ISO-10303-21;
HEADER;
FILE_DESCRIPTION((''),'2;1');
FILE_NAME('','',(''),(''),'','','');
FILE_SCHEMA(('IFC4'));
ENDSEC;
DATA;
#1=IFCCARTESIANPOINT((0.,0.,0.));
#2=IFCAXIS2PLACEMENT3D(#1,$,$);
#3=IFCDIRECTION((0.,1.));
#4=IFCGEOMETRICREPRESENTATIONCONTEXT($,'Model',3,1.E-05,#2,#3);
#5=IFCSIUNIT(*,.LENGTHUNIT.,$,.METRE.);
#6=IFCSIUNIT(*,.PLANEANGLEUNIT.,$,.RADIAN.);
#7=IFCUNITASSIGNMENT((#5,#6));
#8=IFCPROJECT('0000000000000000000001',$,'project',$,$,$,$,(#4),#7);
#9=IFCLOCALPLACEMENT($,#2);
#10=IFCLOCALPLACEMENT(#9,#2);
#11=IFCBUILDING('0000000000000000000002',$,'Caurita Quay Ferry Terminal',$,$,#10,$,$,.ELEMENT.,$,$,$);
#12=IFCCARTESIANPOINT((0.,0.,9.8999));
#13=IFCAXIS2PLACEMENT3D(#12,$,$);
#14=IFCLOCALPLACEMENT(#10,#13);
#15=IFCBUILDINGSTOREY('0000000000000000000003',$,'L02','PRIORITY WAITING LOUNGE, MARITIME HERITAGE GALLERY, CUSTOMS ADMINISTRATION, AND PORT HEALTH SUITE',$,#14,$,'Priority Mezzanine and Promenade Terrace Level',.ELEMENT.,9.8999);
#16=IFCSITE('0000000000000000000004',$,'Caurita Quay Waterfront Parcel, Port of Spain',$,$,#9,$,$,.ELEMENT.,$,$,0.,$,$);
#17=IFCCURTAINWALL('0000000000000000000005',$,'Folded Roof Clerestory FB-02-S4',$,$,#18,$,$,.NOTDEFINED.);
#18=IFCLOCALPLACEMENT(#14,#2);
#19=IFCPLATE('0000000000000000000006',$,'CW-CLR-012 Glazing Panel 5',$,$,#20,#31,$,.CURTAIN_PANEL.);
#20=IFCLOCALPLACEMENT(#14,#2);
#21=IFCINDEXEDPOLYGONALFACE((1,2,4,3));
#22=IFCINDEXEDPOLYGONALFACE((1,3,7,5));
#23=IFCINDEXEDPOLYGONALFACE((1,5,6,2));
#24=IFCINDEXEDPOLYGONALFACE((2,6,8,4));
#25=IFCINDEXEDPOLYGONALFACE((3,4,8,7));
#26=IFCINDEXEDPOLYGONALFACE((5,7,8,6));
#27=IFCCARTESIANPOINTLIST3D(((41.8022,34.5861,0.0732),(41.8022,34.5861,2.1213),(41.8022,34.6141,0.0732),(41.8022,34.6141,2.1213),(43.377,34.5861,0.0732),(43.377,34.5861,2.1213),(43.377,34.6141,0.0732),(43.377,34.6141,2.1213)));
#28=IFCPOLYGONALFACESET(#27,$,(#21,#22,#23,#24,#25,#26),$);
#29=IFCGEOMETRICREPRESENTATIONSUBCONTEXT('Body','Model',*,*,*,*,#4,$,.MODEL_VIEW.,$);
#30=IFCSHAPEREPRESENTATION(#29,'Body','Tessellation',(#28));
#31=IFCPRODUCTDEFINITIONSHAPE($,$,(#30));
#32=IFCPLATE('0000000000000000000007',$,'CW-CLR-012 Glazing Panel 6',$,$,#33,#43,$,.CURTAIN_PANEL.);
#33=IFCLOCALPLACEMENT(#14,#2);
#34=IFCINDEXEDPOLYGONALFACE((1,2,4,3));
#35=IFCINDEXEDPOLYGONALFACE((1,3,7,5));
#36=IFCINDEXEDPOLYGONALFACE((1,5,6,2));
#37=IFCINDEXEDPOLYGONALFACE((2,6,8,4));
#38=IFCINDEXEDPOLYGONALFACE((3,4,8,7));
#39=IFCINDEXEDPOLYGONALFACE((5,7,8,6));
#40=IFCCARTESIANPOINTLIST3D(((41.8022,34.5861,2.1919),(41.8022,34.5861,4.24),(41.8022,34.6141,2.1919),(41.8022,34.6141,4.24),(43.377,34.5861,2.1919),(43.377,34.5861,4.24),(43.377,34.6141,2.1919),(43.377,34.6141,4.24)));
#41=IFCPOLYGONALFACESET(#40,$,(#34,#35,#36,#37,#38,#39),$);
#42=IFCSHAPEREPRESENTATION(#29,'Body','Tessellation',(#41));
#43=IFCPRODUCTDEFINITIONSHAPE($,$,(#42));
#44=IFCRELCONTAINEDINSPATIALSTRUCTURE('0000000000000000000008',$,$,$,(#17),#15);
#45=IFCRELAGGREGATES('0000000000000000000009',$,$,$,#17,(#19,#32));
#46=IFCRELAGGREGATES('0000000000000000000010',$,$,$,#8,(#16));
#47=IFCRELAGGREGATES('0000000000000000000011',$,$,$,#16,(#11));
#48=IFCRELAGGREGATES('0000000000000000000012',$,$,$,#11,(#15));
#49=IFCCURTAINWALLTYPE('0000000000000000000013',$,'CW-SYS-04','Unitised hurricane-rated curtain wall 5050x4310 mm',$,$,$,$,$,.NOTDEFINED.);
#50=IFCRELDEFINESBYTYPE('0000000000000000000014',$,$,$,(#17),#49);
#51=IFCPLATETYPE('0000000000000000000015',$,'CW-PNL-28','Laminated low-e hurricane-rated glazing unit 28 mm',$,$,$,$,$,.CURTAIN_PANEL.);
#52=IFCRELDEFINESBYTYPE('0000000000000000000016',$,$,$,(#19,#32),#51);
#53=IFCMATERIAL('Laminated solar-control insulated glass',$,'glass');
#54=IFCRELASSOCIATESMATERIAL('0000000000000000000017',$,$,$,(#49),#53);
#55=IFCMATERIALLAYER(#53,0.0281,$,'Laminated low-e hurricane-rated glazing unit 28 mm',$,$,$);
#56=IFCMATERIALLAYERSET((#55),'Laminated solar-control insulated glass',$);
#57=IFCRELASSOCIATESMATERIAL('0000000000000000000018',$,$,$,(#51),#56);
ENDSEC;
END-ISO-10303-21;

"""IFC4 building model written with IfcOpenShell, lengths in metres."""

from ifc_helpers import new_model, si_unit, direction, frame, origin, origin_2d, place, context, subcontext, project, spatial, rectangle, extrude, material, layer, layer_set, type_object, element, aggregate, save


model = new_model("IFC4")

# Units and contexts
model_context = context("Model", 3, precision=1e-05, world=origin(), true_north=direction((0.0, 1.0)))
body_context = subcontext(model_context, "Body", "Model", "MODEL_VIEW")
ifc_project = project(units=[si_unit("LENGTHUNIT", "METRE"), si_unit("PLANEANGLEUNIT", "RADIAN")], contexts=[model_context])

# Site, building, storey
site_placement = place(None, origin())
site = spatial("IfcSite", under=ifc_project, at=site_placement, Name="Caurita Quay Waterfront Parcel, Port of Spain", CompositionType="ELEMENT", RefElevation=0.0)
building_placement = place(site_placement, origin())
building = spatial("IfcBuilding", under=site, at=building_placement, Name="Caurita Quay Ferry Terminal", CompositionType="ELEMENT")
storey_placement = place(building_placement, frame((0.0, 0.0, 9.8999)))
storey = spatial("IfcBuildingStorey", under=building, at=storey_placement, Name="L02", Description="PRIORITY WAITING LOUNGE, MARITIME HERITAGE GALLERY, CUSTOMS ADMINISTRATION, AND PORT HEALTH SUITE", LongName="Priority Mezzanine and Promenade Terrace Level", CompositionType="ELEMENT", Elevation=9.8999)

# Curtain wall, plates
ifc_material_1 = material(Name="Laminated solar-control insulated glass", Category="glass")
curtain_wall_type = type_object("IfcCurtainWallType", Name="CW-SYS-04", Description="Unitised hurricane-rated curtain wall 5050x4310 mm", PredefinedType="NOTDEFINED", material=ifc_material_1)
curtain_wall_placement = place(storey_placement, origin())
curtain_wall = element("IfcCurtainWall", 1, at=curtain_wall_placement, inside=storey, type_object=curtain_wall_type, Name="Folded Roof Clerestory FB-02-S4", PredefinedType="NOTDEFINED")
ifc_layer = layer(ifc_material_1, 0.0281, Name="Laminated low-e hurricane-rated glazing unit 28 mm")
ifc_layer_set = layer_set([ifc_layer], Name="Laminated solar-control insulated glass")
plate_type = type_object("IfcPlateType", Name="CW-PNL-28", Description="Laminated low-e hurricane-rated glazing unit 28 mm", PredefinedType="CURTAIN_PANEL", material=ifc_layer_set)
plate_1_placement = place(storey_placement, frame((42.5896, 34.6001, 0.0732), z_axis=(0.0, 0.0, 1.0), x_axis=(1.0, 0.0, 0.0)))
plate_1 = element("IfcPlate", 2, at=plate_1_placement, type_object=plate_type, Name="CW-CLR-012 Glazing Panel 5", PredefinedType="CURTAIN_PANEL", context=body_context, shape_type="SweptSolid", body=[
    extrude(rectangle(XDim=1.5747, YDim=0.0281, at=origin_2d()), origin(), (0.0, 0.0, 1.0), 2.0481),
])
plate_2_placement = place(storey_placement, frame((42.5896, 34.6001, 2.1919), z_axis=(0.0, 0.0, 1.0), x_axis=(1.0, 0.0, 0.0)))
plate_2 = element("IfcPlate", 3, at=plate_2_placement, type_object=plate_type, Name="CW-CLR-012 Glazing Panel 6", PredefinedType="CURTAIN_PANEL", context=body_context, shape_type="SweptSolid", body=[
    extrude(rectangle(XDim=1.5747, YDim=0.0281, at=origin_2d()), origin(), (0.0, 0.0, 1.0), 2.0481),
])
aggregate(curtain_wall, [plate_1, plate_2])

save(model, "model.ifc")
